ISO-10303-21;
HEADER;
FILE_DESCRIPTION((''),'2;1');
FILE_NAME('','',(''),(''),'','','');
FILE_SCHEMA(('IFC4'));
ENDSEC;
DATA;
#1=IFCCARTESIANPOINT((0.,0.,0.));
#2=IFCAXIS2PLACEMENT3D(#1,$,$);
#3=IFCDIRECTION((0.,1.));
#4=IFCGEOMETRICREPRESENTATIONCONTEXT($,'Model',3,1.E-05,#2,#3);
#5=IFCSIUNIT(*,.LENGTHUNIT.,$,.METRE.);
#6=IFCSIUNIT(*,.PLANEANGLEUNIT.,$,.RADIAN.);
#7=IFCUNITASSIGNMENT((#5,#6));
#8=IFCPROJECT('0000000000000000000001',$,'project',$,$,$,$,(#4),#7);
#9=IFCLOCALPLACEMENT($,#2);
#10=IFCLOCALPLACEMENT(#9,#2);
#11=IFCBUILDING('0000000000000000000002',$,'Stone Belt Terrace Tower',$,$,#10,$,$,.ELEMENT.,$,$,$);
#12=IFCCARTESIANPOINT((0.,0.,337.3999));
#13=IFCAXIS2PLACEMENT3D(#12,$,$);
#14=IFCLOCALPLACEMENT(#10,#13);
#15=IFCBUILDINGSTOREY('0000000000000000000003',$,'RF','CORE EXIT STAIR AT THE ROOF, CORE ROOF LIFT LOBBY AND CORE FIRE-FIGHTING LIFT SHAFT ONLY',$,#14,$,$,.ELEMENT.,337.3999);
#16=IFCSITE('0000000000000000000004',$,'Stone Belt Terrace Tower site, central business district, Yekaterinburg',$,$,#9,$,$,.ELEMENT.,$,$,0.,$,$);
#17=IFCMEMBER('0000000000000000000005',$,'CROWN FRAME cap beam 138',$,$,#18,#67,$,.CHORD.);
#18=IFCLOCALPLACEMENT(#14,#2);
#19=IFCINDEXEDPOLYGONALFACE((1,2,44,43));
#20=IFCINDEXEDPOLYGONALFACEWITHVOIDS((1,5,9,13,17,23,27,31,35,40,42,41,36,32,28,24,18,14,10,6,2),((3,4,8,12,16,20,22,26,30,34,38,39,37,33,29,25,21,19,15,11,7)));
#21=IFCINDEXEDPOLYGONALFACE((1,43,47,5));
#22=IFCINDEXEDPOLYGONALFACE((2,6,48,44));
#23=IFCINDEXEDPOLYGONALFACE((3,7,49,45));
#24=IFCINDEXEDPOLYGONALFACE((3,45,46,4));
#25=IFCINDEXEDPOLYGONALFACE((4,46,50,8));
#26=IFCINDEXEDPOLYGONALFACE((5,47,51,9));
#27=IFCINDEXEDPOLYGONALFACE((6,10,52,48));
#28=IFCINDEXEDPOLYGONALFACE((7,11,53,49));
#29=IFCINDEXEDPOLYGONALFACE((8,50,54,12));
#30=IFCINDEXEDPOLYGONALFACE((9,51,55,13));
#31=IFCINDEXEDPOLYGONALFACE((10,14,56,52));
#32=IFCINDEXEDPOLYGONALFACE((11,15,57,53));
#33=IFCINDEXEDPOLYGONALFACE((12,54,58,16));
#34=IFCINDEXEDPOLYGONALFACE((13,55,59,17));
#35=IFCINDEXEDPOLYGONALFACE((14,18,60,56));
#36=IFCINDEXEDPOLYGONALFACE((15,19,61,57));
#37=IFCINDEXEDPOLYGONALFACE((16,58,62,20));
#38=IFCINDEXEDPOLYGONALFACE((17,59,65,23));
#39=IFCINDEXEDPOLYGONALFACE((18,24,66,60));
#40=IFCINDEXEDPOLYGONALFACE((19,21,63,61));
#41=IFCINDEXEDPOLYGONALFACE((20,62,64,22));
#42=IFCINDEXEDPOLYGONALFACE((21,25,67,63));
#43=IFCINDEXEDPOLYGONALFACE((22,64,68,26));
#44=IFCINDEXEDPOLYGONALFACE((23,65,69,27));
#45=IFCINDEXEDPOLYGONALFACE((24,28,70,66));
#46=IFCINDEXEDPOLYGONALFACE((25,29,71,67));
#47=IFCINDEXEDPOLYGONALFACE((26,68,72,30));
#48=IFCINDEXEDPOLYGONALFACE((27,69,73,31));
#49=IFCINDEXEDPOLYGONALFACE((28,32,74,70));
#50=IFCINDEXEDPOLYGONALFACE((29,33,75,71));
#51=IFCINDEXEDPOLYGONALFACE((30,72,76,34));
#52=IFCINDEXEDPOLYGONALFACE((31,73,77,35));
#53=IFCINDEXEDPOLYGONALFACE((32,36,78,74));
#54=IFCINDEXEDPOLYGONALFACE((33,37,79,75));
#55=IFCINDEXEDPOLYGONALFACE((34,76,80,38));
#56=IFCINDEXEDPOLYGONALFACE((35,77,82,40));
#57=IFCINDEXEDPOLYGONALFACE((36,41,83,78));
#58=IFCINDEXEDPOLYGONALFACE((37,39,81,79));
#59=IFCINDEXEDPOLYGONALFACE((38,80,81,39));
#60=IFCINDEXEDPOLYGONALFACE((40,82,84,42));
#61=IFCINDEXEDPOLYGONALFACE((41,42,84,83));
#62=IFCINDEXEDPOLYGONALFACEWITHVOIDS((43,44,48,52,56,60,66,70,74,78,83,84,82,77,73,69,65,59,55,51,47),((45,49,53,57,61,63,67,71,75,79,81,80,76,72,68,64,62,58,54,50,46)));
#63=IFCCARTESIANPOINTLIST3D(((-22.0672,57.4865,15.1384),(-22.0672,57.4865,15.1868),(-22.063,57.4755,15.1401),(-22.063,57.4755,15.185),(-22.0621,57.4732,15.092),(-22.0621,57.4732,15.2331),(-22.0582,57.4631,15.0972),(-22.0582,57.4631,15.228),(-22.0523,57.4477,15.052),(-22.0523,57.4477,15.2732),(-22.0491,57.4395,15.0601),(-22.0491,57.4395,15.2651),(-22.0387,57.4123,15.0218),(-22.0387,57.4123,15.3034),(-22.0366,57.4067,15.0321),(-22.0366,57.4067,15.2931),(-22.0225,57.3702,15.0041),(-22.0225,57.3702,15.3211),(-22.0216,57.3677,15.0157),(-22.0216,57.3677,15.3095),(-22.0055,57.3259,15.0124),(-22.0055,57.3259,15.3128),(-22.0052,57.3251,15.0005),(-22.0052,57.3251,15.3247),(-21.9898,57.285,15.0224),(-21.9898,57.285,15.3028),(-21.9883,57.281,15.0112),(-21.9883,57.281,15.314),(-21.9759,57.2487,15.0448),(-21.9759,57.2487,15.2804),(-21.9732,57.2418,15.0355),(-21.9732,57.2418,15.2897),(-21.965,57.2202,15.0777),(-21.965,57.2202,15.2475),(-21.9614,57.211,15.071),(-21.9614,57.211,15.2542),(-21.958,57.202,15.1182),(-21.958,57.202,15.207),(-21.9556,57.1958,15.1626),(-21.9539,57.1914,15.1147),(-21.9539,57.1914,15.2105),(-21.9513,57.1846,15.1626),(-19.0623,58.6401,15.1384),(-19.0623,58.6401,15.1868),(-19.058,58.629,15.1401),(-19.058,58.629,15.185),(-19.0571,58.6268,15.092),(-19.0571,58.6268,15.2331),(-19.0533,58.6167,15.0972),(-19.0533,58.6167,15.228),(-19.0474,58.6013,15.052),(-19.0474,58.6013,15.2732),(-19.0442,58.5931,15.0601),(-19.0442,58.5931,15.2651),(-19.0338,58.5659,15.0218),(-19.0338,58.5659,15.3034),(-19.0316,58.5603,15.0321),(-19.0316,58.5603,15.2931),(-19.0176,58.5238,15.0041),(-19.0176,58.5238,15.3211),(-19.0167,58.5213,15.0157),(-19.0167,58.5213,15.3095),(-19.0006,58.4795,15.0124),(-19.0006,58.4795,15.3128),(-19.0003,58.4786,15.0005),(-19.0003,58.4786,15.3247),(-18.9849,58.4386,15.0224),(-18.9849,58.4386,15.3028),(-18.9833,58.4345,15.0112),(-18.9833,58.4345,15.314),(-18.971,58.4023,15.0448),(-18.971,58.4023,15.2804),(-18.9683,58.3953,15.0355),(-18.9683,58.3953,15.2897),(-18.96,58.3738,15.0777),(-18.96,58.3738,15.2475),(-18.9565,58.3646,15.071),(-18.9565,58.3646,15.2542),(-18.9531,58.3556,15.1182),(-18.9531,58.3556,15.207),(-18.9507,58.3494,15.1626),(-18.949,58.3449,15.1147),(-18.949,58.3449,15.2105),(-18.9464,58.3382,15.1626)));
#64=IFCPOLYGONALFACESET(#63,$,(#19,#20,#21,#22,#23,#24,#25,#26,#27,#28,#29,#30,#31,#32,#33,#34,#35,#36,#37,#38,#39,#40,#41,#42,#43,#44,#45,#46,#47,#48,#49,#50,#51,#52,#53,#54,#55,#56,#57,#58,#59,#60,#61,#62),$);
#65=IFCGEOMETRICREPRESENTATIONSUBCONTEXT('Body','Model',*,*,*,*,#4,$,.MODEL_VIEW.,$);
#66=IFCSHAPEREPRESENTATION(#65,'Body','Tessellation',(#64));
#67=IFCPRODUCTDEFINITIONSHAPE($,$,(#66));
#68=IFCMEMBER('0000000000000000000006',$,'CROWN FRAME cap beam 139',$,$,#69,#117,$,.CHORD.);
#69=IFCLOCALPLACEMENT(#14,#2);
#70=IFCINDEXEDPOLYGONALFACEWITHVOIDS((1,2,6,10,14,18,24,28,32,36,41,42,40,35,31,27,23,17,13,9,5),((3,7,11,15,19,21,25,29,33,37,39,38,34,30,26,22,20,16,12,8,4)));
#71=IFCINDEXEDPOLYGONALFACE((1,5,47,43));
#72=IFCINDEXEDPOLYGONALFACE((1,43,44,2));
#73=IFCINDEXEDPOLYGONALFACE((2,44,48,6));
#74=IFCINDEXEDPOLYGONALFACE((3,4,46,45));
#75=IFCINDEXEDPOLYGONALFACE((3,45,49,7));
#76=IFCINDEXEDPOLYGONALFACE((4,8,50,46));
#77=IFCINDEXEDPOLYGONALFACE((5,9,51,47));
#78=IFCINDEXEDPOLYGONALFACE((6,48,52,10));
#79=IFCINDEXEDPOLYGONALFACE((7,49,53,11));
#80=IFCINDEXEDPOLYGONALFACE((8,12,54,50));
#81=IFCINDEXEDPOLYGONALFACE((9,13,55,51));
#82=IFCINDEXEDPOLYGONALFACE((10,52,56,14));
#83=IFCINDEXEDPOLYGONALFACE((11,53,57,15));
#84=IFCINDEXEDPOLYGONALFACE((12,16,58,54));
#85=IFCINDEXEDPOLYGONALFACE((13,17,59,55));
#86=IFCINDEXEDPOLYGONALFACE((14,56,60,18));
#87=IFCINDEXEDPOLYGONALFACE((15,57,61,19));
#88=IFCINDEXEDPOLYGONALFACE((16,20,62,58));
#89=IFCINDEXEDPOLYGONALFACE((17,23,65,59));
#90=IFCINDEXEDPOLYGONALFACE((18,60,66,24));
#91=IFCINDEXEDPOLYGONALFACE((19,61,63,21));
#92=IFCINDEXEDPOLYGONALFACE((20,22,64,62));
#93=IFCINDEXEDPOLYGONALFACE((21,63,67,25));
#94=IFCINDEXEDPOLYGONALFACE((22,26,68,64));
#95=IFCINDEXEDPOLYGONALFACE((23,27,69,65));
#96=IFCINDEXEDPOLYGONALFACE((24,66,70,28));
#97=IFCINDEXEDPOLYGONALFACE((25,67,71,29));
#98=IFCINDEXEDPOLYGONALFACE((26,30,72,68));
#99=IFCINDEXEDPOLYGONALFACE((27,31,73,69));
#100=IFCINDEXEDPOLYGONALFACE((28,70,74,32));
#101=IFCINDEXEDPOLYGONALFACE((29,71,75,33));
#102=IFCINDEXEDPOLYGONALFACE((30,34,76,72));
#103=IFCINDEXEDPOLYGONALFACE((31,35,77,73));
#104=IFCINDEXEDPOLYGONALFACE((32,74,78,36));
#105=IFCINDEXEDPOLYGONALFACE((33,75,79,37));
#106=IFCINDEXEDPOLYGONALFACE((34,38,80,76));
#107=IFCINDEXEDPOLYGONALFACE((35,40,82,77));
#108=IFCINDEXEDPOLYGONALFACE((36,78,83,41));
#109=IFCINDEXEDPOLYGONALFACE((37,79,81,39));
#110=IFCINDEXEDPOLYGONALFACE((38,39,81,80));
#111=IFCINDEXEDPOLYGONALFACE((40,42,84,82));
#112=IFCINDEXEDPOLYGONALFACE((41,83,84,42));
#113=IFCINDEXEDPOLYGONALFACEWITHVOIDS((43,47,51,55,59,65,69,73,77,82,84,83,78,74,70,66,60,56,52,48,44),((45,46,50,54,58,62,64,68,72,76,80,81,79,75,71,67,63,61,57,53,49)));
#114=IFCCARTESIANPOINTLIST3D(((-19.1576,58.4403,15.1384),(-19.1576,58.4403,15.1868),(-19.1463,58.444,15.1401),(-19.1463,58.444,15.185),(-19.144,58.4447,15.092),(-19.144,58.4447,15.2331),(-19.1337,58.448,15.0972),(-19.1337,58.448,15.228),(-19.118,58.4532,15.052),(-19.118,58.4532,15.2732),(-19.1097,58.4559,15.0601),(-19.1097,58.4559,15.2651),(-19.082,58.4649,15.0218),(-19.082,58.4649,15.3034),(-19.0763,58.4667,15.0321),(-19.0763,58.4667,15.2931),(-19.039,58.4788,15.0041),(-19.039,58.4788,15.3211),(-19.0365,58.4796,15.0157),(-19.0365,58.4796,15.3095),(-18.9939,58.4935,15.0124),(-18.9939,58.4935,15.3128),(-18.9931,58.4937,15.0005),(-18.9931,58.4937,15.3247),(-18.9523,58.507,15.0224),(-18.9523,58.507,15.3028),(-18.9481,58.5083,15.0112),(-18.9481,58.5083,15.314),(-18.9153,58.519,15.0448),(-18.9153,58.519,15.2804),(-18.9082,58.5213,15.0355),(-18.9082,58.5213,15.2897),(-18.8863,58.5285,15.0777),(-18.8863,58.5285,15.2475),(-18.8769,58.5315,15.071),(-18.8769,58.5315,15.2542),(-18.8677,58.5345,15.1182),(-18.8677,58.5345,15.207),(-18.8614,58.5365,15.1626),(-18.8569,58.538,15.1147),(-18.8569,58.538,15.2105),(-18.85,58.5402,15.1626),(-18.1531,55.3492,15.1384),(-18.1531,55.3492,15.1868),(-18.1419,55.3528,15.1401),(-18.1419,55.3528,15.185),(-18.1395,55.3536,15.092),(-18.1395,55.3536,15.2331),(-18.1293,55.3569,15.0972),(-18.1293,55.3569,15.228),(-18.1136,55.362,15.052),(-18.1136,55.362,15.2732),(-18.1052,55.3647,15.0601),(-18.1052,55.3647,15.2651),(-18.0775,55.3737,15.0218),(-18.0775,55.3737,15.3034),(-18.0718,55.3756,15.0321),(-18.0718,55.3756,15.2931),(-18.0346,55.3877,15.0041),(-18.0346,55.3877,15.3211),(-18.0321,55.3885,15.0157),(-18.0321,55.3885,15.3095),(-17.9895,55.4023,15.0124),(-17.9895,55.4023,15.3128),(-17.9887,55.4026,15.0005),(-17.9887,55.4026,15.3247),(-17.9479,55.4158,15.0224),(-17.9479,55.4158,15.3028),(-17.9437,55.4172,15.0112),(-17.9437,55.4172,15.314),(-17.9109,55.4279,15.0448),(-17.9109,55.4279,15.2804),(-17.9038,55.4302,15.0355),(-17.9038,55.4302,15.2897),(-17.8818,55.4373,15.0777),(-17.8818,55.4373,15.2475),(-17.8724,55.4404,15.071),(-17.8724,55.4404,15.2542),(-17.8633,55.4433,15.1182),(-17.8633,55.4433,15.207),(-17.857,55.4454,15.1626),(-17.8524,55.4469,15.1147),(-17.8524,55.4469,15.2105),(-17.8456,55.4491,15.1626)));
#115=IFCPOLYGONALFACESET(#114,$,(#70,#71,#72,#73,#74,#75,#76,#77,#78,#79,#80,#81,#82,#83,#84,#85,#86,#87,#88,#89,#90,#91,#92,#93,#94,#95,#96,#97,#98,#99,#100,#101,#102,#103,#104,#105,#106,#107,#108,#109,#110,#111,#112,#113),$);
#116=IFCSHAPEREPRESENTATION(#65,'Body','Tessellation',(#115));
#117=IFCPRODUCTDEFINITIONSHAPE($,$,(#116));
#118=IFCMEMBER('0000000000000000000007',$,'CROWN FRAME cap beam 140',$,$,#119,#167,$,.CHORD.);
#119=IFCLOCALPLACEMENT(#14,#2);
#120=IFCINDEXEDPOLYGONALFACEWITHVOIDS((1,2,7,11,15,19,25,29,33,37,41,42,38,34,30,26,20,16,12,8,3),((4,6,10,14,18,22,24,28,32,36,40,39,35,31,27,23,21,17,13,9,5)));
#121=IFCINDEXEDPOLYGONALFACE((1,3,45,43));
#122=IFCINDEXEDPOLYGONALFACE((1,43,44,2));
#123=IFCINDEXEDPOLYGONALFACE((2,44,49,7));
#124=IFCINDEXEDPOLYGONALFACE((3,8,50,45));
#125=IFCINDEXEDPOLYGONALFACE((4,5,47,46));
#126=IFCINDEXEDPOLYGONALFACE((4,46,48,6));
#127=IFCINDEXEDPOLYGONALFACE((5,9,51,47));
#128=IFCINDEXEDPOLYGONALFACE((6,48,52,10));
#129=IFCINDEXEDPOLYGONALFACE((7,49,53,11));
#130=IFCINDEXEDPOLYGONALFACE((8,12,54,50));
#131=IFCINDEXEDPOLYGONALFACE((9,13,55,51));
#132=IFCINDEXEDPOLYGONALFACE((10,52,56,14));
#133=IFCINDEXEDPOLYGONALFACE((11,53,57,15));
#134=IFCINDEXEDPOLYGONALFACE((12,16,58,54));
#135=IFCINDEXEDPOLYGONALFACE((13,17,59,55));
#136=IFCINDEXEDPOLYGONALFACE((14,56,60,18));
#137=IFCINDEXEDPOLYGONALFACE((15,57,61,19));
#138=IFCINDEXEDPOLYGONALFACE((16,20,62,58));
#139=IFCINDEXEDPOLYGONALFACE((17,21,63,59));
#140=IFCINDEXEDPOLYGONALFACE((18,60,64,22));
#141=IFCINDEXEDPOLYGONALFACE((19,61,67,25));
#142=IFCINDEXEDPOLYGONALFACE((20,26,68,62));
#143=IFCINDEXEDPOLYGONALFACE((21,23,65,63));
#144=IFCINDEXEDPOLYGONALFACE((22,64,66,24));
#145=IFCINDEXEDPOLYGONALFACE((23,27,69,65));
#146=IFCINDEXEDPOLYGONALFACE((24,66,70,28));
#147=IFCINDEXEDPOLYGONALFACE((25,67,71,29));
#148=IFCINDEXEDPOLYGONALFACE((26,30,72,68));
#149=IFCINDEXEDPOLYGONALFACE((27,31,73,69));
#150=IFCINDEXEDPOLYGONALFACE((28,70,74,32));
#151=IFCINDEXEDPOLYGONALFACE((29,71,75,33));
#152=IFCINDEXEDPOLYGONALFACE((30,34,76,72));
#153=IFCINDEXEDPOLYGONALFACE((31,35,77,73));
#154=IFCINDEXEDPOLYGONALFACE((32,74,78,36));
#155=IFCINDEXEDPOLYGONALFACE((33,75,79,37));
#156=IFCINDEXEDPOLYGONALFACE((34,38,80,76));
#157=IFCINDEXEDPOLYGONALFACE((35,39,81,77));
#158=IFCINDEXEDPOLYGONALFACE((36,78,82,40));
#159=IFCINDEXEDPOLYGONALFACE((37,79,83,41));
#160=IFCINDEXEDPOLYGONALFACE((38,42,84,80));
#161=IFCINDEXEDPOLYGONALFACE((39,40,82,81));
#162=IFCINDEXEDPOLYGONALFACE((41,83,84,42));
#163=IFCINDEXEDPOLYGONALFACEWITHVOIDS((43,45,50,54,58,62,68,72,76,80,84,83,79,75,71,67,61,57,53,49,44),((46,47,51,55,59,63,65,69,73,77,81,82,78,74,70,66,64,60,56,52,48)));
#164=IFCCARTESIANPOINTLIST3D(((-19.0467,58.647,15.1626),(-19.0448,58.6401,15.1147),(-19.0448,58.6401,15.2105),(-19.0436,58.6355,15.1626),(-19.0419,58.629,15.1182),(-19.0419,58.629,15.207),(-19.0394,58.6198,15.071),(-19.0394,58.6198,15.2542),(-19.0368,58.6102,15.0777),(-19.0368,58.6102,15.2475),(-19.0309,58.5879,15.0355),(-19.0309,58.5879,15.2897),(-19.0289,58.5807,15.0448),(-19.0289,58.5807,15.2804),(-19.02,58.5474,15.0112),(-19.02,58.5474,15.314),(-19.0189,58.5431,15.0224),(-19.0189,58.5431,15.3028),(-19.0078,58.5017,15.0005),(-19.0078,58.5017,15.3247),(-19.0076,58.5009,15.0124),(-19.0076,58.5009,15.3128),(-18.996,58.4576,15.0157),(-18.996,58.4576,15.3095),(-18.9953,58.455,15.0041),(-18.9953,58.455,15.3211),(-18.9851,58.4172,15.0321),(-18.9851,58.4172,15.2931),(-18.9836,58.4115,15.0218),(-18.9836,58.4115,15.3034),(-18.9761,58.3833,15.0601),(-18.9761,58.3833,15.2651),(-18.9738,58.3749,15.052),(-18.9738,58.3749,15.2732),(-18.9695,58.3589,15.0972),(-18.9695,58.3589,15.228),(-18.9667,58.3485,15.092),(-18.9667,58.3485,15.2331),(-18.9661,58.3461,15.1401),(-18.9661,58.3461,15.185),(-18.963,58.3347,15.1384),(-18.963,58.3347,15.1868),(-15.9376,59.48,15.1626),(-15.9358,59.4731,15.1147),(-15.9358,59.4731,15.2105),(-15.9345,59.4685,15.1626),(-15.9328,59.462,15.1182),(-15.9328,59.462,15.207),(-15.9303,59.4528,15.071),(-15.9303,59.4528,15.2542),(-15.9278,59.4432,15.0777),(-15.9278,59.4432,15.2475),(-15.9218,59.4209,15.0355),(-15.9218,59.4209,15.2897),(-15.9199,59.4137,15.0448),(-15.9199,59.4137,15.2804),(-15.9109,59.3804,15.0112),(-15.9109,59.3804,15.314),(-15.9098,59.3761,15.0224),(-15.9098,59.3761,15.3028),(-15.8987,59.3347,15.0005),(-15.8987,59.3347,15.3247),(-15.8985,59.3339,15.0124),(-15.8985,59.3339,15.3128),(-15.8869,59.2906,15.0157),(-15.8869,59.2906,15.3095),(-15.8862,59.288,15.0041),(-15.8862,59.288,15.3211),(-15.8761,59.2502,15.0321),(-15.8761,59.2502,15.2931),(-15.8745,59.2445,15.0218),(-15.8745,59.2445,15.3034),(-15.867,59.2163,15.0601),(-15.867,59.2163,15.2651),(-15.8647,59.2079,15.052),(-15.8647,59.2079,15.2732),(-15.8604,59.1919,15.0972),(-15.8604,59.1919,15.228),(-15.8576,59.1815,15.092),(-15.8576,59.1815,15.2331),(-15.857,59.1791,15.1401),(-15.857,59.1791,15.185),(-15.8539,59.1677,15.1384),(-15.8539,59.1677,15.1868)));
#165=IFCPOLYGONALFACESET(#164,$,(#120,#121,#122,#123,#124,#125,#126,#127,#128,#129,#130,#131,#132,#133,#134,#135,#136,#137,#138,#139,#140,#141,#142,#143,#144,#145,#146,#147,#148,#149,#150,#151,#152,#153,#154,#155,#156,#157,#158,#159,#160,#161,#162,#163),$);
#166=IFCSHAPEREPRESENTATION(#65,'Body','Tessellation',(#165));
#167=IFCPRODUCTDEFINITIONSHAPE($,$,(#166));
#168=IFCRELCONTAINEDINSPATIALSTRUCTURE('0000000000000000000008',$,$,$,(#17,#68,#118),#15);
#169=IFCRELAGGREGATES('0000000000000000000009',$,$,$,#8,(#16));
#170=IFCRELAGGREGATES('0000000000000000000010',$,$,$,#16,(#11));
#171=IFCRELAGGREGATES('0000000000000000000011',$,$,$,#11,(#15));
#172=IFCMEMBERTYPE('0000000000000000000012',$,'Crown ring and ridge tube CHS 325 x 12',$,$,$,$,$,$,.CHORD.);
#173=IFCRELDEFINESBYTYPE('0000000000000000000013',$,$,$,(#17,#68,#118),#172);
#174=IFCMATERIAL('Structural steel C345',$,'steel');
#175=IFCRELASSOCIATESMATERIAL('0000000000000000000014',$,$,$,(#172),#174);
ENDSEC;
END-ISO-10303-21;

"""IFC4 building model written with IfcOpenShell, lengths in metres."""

from ifc_helpers import new_model, si_unit, direction, frame, origin, origin_2d, place, context, subcontext, project, spatial, hollow_circle, extrude, material, material_profile, profile_set, type_object, element, save


model = new_model("IFC4")

# Units and contexts
model_context = context("Model", 3, precision=1e-05, world=origin(), true_north=direction((0.0, 1.0)))
body_context = subcontext(model_context, "Body", "Model", "MODEL_VIEW")
ifc_project = project(units=[si_unit("LENGTHUNIT", "METRE"), si_unit("PLANEANGLEUNIT", "RADIAN")], contexts=[model_context])

# Site, building, storey
site_placement = place(None, origin())
site = spatial("IfcSite", under=ifc_project, at=site_placement, Name="Stone Belt Terrace Tower site, central business district, Yekaterinburg", CompositionType="ELEMENT", RefElevation=0.0)
building_placement = place(site_placement, origin())
building = spatial("IfcBuilding", under=site, at=building_placement, Name="Stone Belt Terrace Tower", CompositionType="ELEMENT")
storey_placement = place(building_placement, frame((0.0, 0.0, 337.3999)))
storey = spatial("IfcBuildingStorey", under=building, at=storey_placement, Name="RF", Description="CORE EXIT STAIR AT THE ROOF, CORE ROOF LIFT LOBBY AND CORE FIRE-FIGHTING LIFT SHAFT ONLY", CompositionType="ELEMENT", Elevation=337.3999)

# Members
ifc_material_1 = material(Name="Structural steel C345", Category="steel")
ifc_material_profile = material_profile(ifc_material_1, hollow_circle(Radius=0.1626, WallThickness=0.012, at=origin_2d()), Name="Structural steel C345 CHS 325x12")
ifc_profile_set = profile_set([ifc_material_profile], Name="Structural steel C345")
member_type = type_object("IfcMemberType", Name="Crown ring and ridge tube CHS 325 x 12", PredefinedType="CHORD", material=ifc_profile_set)
member_1_placement = place(storey_placement, frame((-19.0046, 58.49, 15.1626), z_axis=(-0.93357, -0.358394, 0.0), x_axis=(0.358394, -0.93357, 0.0)))
element("IfcMember", 1, at=member_1_placement, inside=storey, type_object=member_type, Name="CROWN FRAME cap beam 138", PredefinedType="CHORD", context=body_context, shape_type="SweptSolid", body=[
    extrude(hollow_circle(Radius=0.1626, WallThickness=0.012, at=origin_2d()), origin(), (0.0, 0.0, 1.0), 3.2188),
])
member_2_placement = place(storey_placement, frame((-19.0046, 58.49, 15.1626), z_axis=(0.30903, -0.951052, 0.0), x_axis=(0.951052, 0.30903, 0.0)))
element("IfcMember", 2, at=member_2_placement, inside=storey, type_object=member_type, Name="CROWN FRAME cap beam 139", PredefinedType="CHORD", context=body_context, shape_type="SweptSolid", body=[
    extrude(hollow_circle(Radius=0.1626, WallThickness=0.012, at=origin_2d()), origin(), (0.0, 0.0, 1.0), 3.2502),
])
member_3_placement = place(storey_placement, frame((-19.0046, 58.49, 15.1626), z_axis=(0.965932, 0.258795, 0.0), x_axis=(-0.258795, 0.965932, 0.0)))
element("IfcMember", 3, at=member_3_placement, inside=storey, type_object=member_type, Name="CROWN FRAME cap beam 140", PredefinedType="CHORD", context=body_context, shape_type="SweptSolid", body=[
    extrude(hollow_circle(Radius=0.1626, WallThickness=0.012, at=origin_2d()), origin(), (0.0, 0.0, 1.0), 3.2188),
])

save(model, "model.ifc")
